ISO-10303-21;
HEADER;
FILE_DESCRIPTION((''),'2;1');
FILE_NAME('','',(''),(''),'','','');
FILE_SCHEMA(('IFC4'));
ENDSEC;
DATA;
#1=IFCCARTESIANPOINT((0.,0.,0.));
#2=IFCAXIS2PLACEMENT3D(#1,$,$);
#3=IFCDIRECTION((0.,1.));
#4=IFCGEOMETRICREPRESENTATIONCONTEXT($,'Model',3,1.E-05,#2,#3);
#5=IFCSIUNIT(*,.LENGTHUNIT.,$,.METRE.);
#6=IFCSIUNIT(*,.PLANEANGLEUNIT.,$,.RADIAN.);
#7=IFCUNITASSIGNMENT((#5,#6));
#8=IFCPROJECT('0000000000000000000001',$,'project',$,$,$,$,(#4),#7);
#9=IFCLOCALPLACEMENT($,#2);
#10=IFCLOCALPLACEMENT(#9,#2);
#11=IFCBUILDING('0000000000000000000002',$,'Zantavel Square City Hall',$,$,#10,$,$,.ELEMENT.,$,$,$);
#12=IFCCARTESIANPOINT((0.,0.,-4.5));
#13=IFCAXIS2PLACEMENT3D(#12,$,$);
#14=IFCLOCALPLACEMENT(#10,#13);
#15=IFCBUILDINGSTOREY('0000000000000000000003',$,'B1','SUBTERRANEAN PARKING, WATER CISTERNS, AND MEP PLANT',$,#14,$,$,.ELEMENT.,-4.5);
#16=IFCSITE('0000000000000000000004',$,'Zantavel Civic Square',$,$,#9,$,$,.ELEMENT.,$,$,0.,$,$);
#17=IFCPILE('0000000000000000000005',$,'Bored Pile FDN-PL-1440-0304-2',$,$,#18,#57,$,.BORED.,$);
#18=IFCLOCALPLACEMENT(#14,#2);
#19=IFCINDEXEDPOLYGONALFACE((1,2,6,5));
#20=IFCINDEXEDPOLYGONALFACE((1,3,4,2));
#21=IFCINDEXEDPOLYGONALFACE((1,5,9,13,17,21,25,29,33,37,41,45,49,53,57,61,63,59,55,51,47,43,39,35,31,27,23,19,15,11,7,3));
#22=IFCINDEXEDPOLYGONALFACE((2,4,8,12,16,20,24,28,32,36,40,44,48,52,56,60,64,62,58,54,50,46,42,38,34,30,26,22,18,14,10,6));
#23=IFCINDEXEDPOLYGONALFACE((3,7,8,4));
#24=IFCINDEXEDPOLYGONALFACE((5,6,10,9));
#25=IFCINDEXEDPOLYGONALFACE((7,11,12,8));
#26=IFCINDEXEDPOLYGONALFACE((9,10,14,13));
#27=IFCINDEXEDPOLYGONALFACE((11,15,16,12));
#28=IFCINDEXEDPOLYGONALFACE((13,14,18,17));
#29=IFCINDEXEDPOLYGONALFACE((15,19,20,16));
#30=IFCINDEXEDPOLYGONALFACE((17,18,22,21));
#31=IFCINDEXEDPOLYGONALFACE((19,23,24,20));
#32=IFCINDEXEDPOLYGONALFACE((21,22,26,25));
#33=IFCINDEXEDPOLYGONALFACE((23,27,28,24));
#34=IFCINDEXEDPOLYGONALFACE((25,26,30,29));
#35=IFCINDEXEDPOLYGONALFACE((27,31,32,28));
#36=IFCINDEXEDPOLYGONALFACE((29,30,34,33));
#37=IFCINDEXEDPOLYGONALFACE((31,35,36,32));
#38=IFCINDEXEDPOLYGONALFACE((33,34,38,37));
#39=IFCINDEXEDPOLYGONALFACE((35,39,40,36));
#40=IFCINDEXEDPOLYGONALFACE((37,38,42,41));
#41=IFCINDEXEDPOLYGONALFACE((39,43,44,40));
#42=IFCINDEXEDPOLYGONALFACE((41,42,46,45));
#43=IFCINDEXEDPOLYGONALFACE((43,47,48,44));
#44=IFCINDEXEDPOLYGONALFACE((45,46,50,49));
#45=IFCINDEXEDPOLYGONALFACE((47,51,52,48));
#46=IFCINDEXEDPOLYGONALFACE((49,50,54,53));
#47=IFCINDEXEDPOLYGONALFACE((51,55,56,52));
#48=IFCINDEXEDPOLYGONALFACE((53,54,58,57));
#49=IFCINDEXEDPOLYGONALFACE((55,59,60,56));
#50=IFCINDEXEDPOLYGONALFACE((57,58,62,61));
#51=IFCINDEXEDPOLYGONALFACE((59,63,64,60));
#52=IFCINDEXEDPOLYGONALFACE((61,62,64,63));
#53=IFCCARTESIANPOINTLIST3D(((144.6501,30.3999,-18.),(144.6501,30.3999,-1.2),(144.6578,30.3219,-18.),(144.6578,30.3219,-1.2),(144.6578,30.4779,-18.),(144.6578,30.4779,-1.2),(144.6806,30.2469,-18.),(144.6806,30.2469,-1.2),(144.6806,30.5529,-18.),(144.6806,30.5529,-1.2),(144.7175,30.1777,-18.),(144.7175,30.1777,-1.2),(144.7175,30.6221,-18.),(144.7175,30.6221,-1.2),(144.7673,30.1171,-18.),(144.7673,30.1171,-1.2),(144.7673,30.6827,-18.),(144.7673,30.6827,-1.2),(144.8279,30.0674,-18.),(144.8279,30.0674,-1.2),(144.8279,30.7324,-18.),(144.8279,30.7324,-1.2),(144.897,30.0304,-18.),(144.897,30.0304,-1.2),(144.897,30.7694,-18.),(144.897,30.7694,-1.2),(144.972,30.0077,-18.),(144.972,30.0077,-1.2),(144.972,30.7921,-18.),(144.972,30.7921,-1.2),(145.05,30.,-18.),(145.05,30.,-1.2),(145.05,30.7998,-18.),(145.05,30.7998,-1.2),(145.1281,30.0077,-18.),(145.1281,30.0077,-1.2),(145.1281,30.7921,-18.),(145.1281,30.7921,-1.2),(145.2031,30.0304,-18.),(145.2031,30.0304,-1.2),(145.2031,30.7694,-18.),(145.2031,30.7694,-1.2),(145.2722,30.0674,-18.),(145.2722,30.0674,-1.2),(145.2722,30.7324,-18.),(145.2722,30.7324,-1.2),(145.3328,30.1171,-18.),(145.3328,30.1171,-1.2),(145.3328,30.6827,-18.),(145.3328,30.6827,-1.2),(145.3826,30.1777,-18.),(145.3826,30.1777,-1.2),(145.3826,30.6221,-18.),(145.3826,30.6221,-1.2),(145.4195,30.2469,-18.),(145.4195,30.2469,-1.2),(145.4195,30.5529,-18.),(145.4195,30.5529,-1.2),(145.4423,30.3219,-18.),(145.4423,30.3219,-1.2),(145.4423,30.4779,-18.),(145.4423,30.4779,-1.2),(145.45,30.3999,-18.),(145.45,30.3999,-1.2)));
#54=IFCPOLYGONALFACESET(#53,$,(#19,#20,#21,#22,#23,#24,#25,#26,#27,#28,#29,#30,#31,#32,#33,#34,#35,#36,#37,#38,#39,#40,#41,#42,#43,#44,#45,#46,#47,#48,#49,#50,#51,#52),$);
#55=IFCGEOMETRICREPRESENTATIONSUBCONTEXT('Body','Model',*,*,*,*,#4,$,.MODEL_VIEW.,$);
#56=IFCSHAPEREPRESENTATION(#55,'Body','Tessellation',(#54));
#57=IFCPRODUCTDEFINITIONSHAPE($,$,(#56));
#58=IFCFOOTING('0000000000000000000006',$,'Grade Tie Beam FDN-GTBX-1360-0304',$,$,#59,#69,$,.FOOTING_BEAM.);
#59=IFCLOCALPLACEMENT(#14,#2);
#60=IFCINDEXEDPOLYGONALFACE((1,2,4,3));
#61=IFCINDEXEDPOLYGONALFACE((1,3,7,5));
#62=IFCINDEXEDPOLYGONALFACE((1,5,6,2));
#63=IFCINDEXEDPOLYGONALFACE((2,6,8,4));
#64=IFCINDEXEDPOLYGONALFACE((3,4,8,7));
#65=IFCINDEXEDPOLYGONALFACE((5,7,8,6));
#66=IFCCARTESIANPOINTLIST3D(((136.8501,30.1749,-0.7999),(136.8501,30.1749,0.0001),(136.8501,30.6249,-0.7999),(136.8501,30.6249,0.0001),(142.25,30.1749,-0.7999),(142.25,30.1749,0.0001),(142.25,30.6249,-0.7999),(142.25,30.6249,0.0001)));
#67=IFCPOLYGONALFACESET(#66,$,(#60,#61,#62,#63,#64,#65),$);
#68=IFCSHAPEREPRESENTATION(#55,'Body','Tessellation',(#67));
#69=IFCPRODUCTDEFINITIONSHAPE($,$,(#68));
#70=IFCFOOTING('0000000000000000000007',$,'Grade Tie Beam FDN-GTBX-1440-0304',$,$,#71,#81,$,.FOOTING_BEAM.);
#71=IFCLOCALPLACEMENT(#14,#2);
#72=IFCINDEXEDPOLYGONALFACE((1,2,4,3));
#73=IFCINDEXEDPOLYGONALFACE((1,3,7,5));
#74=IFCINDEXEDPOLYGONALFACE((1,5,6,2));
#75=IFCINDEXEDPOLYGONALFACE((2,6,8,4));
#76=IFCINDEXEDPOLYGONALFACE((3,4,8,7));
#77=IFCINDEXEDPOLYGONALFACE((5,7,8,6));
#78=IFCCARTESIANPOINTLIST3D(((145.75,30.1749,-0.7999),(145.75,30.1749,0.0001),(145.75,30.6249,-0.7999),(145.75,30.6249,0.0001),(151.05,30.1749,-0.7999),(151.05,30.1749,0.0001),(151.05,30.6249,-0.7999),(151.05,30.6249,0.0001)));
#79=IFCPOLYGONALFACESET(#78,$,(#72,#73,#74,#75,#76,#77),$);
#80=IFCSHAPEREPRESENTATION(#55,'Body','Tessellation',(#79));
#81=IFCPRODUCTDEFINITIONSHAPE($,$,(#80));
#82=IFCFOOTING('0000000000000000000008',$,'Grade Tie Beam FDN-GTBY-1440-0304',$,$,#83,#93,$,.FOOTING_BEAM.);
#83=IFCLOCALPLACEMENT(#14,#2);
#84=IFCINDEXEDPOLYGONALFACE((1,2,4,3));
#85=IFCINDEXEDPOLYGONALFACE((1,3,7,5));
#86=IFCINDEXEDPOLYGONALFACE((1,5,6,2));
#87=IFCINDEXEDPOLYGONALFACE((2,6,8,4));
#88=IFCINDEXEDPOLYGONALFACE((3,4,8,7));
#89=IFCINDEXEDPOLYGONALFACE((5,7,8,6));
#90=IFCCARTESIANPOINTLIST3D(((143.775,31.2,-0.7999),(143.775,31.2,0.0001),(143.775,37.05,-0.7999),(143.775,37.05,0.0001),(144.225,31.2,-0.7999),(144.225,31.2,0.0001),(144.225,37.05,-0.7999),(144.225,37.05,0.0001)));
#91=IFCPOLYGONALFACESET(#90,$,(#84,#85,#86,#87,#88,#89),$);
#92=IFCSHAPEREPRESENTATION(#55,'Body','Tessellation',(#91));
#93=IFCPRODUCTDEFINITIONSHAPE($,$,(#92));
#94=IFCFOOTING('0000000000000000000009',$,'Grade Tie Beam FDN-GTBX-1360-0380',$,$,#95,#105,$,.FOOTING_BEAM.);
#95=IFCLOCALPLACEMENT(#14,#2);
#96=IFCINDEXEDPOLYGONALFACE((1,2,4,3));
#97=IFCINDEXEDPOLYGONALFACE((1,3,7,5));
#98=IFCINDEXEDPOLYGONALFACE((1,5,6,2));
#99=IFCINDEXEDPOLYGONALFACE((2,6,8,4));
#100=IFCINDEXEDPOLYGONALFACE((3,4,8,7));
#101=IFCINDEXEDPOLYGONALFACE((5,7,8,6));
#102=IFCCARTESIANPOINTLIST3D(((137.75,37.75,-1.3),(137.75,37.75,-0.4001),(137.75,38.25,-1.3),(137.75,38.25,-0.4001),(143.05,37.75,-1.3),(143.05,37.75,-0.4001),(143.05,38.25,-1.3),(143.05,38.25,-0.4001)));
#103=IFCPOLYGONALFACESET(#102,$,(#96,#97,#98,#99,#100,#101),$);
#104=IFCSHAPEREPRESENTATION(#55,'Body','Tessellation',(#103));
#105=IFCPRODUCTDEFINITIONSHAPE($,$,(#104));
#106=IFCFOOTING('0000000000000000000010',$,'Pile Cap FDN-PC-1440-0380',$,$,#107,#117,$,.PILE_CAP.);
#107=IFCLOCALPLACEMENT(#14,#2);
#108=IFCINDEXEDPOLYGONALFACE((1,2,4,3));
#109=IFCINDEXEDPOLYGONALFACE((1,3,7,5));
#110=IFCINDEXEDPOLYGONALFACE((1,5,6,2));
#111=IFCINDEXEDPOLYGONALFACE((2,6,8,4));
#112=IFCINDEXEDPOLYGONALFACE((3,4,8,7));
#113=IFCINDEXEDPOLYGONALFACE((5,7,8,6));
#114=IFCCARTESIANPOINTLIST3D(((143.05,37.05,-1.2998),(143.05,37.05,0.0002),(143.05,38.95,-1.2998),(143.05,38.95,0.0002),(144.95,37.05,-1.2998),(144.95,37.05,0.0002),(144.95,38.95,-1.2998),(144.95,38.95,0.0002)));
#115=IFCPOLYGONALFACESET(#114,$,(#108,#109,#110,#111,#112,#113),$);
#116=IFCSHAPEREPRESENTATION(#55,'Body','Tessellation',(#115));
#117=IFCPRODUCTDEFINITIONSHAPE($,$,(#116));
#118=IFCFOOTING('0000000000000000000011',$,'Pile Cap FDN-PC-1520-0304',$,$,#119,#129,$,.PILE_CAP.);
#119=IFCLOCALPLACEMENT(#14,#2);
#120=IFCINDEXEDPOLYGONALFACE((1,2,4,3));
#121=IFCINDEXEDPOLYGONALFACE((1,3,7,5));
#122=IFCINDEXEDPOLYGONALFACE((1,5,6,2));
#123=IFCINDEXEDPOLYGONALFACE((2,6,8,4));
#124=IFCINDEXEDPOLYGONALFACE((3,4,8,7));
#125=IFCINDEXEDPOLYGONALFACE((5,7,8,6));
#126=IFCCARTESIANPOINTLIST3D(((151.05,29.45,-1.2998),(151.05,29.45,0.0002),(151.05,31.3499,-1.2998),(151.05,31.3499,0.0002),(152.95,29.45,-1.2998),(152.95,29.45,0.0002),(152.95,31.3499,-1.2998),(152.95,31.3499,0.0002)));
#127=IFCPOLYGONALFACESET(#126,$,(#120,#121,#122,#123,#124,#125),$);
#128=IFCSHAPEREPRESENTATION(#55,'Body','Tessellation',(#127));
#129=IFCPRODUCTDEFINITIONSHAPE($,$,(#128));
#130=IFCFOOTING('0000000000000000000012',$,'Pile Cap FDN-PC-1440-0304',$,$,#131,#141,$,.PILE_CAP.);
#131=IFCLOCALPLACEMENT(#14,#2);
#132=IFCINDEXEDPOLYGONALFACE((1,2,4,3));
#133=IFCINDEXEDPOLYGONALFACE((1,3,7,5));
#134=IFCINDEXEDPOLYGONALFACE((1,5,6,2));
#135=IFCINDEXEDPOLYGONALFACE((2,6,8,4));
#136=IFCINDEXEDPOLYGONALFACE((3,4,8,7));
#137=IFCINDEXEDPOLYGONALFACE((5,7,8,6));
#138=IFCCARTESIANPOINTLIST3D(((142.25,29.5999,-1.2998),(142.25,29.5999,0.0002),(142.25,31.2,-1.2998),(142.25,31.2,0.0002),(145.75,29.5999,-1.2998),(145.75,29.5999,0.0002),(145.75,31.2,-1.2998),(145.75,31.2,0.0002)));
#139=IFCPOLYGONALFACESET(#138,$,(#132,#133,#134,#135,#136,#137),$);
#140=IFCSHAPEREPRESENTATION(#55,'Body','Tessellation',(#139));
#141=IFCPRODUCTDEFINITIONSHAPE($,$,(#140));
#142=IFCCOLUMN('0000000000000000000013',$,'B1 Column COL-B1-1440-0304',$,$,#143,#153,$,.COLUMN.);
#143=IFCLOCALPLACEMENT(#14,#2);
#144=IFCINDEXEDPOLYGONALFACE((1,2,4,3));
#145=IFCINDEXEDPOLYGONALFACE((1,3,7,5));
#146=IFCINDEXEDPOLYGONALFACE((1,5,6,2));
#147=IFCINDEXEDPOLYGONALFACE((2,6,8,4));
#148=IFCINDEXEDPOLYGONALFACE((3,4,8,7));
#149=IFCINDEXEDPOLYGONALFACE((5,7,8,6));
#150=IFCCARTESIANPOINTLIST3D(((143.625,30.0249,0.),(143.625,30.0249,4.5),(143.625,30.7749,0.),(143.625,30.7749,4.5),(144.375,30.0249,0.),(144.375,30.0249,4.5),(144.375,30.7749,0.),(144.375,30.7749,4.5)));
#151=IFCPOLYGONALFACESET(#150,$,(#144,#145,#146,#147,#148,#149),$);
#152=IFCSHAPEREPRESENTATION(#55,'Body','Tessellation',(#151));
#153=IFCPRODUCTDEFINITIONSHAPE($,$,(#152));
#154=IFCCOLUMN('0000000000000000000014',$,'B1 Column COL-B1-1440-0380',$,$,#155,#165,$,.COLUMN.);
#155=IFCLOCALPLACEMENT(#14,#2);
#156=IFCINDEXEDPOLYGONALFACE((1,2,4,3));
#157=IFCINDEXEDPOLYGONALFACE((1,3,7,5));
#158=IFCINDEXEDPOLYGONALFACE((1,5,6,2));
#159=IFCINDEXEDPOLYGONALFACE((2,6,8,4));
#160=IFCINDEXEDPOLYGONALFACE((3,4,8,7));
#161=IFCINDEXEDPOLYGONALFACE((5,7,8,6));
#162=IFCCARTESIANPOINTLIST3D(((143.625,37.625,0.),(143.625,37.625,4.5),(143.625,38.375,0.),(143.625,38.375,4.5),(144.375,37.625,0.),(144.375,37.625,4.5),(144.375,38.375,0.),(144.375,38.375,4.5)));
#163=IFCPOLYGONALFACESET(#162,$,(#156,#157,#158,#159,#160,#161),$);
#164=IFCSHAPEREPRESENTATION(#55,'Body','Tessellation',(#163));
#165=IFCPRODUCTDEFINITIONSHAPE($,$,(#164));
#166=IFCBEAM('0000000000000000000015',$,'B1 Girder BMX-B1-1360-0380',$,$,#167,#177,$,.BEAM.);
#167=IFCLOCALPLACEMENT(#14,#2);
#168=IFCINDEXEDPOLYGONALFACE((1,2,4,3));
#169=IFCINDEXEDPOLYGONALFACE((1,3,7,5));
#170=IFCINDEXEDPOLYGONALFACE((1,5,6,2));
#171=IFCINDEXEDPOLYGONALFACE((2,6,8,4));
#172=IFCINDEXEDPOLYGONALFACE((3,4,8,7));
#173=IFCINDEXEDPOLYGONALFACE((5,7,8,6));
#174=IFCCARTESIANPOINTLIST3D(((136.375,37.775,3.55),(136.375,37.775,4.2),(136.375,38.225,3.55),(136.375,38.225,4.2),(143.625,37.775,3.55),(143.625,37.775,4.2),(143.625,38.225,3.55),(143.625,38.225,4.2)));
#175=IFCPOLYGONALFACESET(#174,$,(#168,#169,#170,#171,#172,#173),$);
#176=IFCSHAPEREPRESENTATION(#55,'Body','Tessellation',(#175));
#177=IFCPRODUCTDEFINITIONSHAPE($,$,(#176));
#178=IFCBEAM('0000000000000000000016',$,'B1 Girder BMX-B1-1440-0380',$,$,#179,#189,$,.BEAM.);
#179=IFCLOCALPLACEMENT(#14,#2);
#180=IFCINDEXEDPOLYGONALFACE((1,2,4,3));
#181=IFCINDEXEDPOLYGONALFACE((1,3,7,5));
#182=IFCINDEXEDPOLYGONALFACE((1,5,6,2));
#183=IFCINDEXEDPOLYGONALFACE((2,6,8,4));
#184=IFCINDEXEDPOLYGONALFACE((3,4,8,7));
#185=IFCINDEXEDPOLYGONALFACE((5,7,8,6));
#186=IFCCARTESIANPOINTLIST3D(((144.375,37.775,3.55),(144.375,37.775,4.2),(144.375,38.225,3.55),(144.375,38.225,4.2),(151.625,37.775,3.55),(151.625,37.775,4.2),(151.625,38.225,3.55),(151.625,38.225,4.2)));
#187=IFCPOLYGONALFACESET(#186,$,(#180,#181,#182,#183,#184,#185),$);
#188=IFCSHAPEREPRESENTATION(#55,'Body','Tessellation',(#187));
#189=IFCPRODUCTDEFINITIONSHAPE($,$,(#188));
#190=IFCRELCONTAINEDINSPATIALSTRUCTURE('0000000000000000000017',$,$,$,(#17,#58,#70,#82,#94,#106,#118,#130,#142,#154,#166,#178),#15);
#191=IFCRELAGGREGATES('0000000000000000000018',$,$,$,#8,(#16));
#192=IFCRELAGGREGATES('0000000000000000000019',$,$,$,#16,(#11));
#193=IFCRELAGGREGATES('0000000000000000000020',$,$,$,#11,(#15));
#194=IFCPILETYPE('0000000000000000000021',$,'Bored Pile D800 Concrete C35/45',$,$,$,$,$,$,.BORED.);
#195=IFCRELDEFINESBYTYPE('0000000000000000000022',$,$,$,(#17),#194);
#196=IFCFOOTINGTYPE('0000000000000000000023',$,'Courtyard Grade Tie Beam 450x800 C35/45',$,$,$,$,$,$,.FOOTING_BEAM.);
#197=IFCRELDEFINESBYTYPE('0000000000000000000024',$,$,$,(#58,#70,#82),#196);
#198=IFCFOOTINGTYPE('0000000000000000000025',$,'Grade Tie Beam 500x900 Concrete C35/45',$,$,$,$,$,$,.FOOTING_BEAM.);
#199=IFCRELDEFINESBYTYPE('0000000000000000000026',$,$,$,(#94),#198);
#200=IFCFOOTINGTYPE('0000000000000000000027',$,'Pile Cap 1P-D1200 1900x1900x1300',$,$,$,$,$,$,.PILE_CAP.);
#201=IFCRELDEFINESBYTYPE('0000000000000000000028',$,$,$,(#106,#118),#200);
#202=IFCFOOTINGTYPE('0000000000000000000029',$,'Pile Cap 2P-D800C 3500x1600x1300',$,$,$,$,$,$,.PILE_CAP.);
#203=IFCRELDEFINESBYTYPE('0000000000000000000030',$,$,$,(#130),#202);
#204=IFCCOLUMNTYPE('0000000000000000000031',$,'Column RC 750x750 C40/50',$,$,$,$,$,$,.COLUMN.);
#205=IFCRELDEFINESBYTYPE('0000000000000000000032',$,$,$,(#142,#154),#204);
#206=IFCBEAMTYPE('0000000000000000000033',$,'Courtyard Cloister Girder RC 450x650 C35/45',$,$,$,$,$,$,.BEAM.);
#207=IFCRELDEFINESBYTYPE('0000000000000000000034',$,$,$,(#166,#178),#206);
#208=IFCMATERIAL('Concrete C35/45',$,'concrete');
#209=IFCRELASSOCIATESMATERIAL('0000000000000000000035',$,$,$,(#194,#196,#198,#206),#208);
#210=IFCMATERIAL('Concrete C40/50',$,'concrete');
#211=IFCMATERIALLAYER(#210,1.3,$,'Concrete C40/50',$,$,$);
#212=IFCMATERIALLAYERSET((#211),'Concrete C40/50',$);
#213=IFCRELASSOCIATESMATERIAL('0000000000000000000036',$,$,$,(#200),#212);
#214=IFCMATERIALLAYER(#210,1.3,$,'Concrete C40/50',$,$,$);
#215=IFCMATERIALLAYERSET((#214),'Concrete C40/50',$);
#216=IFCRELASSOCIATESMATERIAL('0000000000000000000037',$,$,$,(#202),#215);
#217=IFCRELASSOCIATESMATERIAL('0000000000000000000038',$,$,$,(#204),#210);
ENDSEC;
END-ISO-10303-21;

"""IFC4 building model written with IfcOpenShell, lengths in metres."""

from ifc_helpers import new_model, si_unit, direction, frame, origin, origin_2d, place, context, subcontext, project, spatial, rectangle, circle, extrude, material, layer, layer_set, material_profile, profile_set, type_object, element, save


model = new_model("IFC4")

# Units and contexts
model_context = context("Model", 3, precision=1e-05, world=origin(), true_north=direction((0.0, 1.0)))
body_context = subcontext(model_context, "Body", "Model", "MODEL_VIEW")
ifc_project = project(units=[si_unit("LENGTHUNIT", "METRE"), si_unit("PLANEANGLEUNIT", "RADIAN")], contexts=[model_context])

# Site, building, storey
site_placement = place(None, origin())
site = spatial("IfcSite", under=ifc_project, at=site_placement, Name="Zantavel Civic Square", CompositionType="ELEMENT", RefElevation=0.0)
building_placement = place(site_placement, origin())
building = spatial("IfcBuilding", under=site, at=building_placement, Name="Zantavel Square City Hall", CompositionType="ELEMENT")
storey_placement = place(building_placement, frame((0.0, 0.0, -4.5)))
storey = spatial("IfcBuildingStorey", under=building, at=storey_placement, Name="B1", Description="SUBTERRANEAN PARKING, WATER CISTERNS, AND MEP PLANT", CompositionType="ELEMENT", Elevation=-4.5)

# Pile
ifc_material_1 = material(Name="Concrete C35/45", Category="concrete")
ifc_material_profile_1 = material_profile(ifc_material_1, circle(Radius=0.3999, at=origin_2d()), Name="PILE D800")
ifc_profile_set_1 = profile_set([ifc_material_profile_1], Name="Concrete C35/45")
pile_type_1 = type_object("IfcPileType", Name="Bored Pile D800 Concrete C35/45", PredefinedType="BORED", material=ifc_profile_set_1)
for number, where, z_axis, x_axis, name in (
    (1, (145.05, 30.3999, -1.2), (0.0, 0.0, -1.0), (1.0, 0.0, 0.0), "Bored Pile FDN-PL-1440-0304-2"),
):
    element("IfcPile", number, at=place(storey_placement, frame(where, z_axis=z_axis, x_axis=x_axis)), inside=storey, type_object=pile_type_1, Name=name, PredefinedType="BORED", context=body_context, shape_type="SweptSolid", body=[
        extrude(circle(Radius=0.3999, at=origin_2d()), origin(), (0.0, 0.0, 1.0), 16.8),
    ])

# Footings
ifc_material_profile_2 = material_profile(ifc_material_1, rectangle(XDim=0.45, YDim=0.8, at=origin_2d()), Name="RC 450x800")
ifc_profile_set_2 = profile_set([ifc_material_profile_2], Name="Concrete C35/45")
footing_type_1 = type_object("IfcFootingType", Name="Courtyard Grade Tie Beam 450x800 C35/45", PredefinedType="FOOTING_BEAM", material=ifc_profile_set_2)
footing_1_placement = place(storey_placement, frame((136.8501, 30.3999, -0.3999), z_axis=(1.0, 0.0, 0.0), x_axis=(0.0, 1.0, 0.0)))
element("IfcFooting", 2, at=footing_1_placement, inside=storey, type_object=footing_type_1, Name="Grade Tie Beam FDN-GTBX-1360-0304", PredefinedType="FOOTING_BEAM", context=body_context, shape_type="SweptSolid", body=[
    extrude(rectangle(XDim=0.45, YDim=0.8, at=origin_2d()), origin(), (0.0, 0.0, 1.0), 5.3999),
])
footing_2_placement = place(storey_placement, frame((145.75, 30.3999, -0.3999), z_axis=(1.0, 0.0, 0.0), x_axis=(0.0, 1.0, 0.0)))
element("IfcFooting", 3, at=footing_2_placement, inside=storey, type_object=footing_type_1, Name="Grade Tie Beam FDN-GTBX-1440-0304", PredefinedType="FOOTING_BEAM", context=body_context, shape_type="SweptSolid", body=[
    extrude(rectangle(XDim=0.45, YDim=0.8, at=origin_2d()), origin(), (0.0, 0.0, 1.0), 5.3),
])
footing_3_placement = place(storey_placement, frame((144.0, 31.2, -0.3999), z_axis=(0.0, 1.0, 0.0), x_axis=(-1.0, 0.0, 0.0)))
element("IfcFooting", 4, at=footing_3_placement, inside=storey, type_object=footing_type_1, Name="Grade Tie Beam FDN-GTBY-1440-0304", PredefinedType="FOOTING_BEAM", context=body_context, shape_type="SweptSolid", body=[
    extrude(rectangle(XDim=0.45, YDim=0.8, at=origin_2d()), origin(), (0.0, 0.0, 1.0), 5.8501),
])
ifc_material_profile_3 = material_profile(ifc_material_1, rectangle(XDim=0.5, YDim=0.8999, at=origin_2d()), Name="RC 500x900")
ifc_profile_set_3 = profile_set([ifc_material_profile_3], Name="Concrete C35/45")
footing_type_2 = type_object("IfcFootingType", Name="Grade Tie Beam 500x900 Concrete C35/45", PredefinedType="FOOTING_BEAM", material=ifc_profile_set_3)
footing_4_placement = place(storey_placement, frame((137.75, 38.0, -0.8501), z_axis=(1.0, 0.0, 0.0), x_axis=(0.0, 1.0, 0.0)))
element("IfcFooting", 5, at=footing_4_placement, inside=storey, type_object=footing_type_2, Name="Grade Tie Beam FDN-GTBX-1360-0380", PredefinedType="FOOTING_BEAM", context=body_context, shape_type="SweptSolid", body=[
    extrude(rectangle(XDim=0.5, YDim=0.8999, at=origin_2d()), origin(), (0.0, 0.0, 1.0), 5.3),
])
ifc_material_2 = material(Name="Concrete C40/50", Category="concrete")
ifc_layer_1 = layer(ifc_material_2, 1.3, Name="Concrete C40/50")
ifc_layer_set_1 = layer_set([ifc_layer_1], Name="Concrete C40/50")
footing_type_3 = type_object("IfcFootingType", Name="Pile Cap 1P-D1200 1900x1900x1300", PredefinedType="PILE_CAP", material=ifc_layer_set_1)
for number, where, z_axis, x_axis, name in (
    (6, (144.0, 38.0, -1.2998), (0.0, 0.0, 1.0), (1.0, 0.0, 0.0), "Pile Cap FDN-PC-1440-0380"),
    (7, (152.0, 30.3999, -1.2998), (0.0, 0.0, 1.0), (1.0, 0.0, 0.0), "Pile Cap FDN-PC-1520-0304"),
):
    element("IfcFooting", number, at=place(storey_placement, frame(where, z_axis=z_axis, x_axis=x_axis)), inside=storey, type_object=footing_type_3, Name=name, PredefinedType="PILE_CAP", context=body_context, shape_type="SweptSolid", body=[
        extrude(rectangle(XDim=1.8999, YDim=1.8999, at=origin_2d()), origin(), (0.0, 0.0, 1.0), 1.3),
    ])
ifc_layer_2 = layer(ifc_material_2, 1.3, Name="Concrete C40/50")
ifc_layer_set_2 = layer_set([ifc_layer_2], Name="Concrete C40/50")
footing_type_4 = type_object("IfcFootingType", Name="Pile Cap 2P-D800C 3500x1600x1300", PredefinedType="PILE_CAP", material=ifc_layer_set_2)
footing_5_placement = place(storey_placement, frame((144.0, 30.3999, -1.2998), z_axis=(0.0, 0.0, 1.0), x_axis=(1.0, 0.0, 0.0)))
element("IfcFooting", 8, at=footing_5_placement, inside=storey, type_object=footing_type_4, Name="Pile Cap FDN-PC-1440-0304", PredefinedType="PILE_CAP", context=body_context, shape_type="SweptSolid", body=[
    extrude(rectangle(XDim=3.5, YDim=1.6001, at=origin_2d()), origin(), (0.0, 0.0, 1.0), 1.3),
])

# Columns
ifc_material_profile_4 = material_profile(ifc_material_2, rectangle(XDim=0.75, YDim=0.75, at=origin_2d()), Name="RC 750x750")
ifc_profile_set_4 = profile_set([ifc_material_profile_4], Name="Concrete C40/50")
column_type = type_object("IfcColumnType", Name="Column RC 750x750 C40/50", PredefinedType="COLUMN", material=ifc_profile_set_4)
for number, where, z_axis, x_axis, name in (
    (9, (144.0, 30.3999, 0.0), (0.0, 0.0, 1.0), (1.0, 0.0, 0.0), "B1 Column COL-B1-1440-0304"),
    (10, (144.0, 38.0, 0.0), (0.0, 0.0, 1.0), (1.0, 0.0, 0.0), "B1 Column COL-B1-1440-0380"),
):
    element("IfcColumn", number, at=place(storey_placement, frame(where, z_axis=z_axis, x_axis=x_axis)), inside=storey, type_object=column_type, Name=name, PredefinedType="COLUMN", context=body_context, shape_type="SweptSolid", body=[
        extrude(rectangle(XDim=0.75, YDim=0.75, at=origin_2d()), origin(), (0.0, 0.0, 1.0), 4.5),
    ])

# Beams
ifc_material_profile_5 = material_profile(ifc_material_1, rectangle(XDim=0.45, YDim=0.6499, at=origin_2d()), Name="RC 450x650")
ifc_profile_set_5 = profile_set([ifc_material_profile_5], Name="Concrete C35/45")
beam_type_1 = type_object("IfcBeamType", Name="Courtyard Cloister Girder RC 450x650 C35/45", PredefinedType="BEAM", material=ifc_profile_set_5)
for number, where, z_axis, x_axis, name in (
    (11, (136.375, 38.0, 3.875), (1.0, 0.0, 0.0), (0.0, 1.0, 0.0), "B1 Girder BMX-B1-1360-0380"),
    (12, (144.375, 38.0, 3.875), (1.0, 0.0, 0.0), (0.0, 1.0, 0.0), "B1 Girder BMX-B1-1440-0380"),
):
    element("IfcBeam", number, at=place(storey_placement, frame(where, z_axis=z_axis, x_axis=x_axis)), inside=storey, type_object=beam_type_1, Name=name, PredefinedType="BEAM", context=body_context, shape_type="SweptSolid", body=[
        extrude(rectangle(XDim=0.45, YDim=0.6499, at=origin_2d()), origin(), (0.0, 0.0, 1.0), 7.25),
    ])

save(model, "model.ifc")
